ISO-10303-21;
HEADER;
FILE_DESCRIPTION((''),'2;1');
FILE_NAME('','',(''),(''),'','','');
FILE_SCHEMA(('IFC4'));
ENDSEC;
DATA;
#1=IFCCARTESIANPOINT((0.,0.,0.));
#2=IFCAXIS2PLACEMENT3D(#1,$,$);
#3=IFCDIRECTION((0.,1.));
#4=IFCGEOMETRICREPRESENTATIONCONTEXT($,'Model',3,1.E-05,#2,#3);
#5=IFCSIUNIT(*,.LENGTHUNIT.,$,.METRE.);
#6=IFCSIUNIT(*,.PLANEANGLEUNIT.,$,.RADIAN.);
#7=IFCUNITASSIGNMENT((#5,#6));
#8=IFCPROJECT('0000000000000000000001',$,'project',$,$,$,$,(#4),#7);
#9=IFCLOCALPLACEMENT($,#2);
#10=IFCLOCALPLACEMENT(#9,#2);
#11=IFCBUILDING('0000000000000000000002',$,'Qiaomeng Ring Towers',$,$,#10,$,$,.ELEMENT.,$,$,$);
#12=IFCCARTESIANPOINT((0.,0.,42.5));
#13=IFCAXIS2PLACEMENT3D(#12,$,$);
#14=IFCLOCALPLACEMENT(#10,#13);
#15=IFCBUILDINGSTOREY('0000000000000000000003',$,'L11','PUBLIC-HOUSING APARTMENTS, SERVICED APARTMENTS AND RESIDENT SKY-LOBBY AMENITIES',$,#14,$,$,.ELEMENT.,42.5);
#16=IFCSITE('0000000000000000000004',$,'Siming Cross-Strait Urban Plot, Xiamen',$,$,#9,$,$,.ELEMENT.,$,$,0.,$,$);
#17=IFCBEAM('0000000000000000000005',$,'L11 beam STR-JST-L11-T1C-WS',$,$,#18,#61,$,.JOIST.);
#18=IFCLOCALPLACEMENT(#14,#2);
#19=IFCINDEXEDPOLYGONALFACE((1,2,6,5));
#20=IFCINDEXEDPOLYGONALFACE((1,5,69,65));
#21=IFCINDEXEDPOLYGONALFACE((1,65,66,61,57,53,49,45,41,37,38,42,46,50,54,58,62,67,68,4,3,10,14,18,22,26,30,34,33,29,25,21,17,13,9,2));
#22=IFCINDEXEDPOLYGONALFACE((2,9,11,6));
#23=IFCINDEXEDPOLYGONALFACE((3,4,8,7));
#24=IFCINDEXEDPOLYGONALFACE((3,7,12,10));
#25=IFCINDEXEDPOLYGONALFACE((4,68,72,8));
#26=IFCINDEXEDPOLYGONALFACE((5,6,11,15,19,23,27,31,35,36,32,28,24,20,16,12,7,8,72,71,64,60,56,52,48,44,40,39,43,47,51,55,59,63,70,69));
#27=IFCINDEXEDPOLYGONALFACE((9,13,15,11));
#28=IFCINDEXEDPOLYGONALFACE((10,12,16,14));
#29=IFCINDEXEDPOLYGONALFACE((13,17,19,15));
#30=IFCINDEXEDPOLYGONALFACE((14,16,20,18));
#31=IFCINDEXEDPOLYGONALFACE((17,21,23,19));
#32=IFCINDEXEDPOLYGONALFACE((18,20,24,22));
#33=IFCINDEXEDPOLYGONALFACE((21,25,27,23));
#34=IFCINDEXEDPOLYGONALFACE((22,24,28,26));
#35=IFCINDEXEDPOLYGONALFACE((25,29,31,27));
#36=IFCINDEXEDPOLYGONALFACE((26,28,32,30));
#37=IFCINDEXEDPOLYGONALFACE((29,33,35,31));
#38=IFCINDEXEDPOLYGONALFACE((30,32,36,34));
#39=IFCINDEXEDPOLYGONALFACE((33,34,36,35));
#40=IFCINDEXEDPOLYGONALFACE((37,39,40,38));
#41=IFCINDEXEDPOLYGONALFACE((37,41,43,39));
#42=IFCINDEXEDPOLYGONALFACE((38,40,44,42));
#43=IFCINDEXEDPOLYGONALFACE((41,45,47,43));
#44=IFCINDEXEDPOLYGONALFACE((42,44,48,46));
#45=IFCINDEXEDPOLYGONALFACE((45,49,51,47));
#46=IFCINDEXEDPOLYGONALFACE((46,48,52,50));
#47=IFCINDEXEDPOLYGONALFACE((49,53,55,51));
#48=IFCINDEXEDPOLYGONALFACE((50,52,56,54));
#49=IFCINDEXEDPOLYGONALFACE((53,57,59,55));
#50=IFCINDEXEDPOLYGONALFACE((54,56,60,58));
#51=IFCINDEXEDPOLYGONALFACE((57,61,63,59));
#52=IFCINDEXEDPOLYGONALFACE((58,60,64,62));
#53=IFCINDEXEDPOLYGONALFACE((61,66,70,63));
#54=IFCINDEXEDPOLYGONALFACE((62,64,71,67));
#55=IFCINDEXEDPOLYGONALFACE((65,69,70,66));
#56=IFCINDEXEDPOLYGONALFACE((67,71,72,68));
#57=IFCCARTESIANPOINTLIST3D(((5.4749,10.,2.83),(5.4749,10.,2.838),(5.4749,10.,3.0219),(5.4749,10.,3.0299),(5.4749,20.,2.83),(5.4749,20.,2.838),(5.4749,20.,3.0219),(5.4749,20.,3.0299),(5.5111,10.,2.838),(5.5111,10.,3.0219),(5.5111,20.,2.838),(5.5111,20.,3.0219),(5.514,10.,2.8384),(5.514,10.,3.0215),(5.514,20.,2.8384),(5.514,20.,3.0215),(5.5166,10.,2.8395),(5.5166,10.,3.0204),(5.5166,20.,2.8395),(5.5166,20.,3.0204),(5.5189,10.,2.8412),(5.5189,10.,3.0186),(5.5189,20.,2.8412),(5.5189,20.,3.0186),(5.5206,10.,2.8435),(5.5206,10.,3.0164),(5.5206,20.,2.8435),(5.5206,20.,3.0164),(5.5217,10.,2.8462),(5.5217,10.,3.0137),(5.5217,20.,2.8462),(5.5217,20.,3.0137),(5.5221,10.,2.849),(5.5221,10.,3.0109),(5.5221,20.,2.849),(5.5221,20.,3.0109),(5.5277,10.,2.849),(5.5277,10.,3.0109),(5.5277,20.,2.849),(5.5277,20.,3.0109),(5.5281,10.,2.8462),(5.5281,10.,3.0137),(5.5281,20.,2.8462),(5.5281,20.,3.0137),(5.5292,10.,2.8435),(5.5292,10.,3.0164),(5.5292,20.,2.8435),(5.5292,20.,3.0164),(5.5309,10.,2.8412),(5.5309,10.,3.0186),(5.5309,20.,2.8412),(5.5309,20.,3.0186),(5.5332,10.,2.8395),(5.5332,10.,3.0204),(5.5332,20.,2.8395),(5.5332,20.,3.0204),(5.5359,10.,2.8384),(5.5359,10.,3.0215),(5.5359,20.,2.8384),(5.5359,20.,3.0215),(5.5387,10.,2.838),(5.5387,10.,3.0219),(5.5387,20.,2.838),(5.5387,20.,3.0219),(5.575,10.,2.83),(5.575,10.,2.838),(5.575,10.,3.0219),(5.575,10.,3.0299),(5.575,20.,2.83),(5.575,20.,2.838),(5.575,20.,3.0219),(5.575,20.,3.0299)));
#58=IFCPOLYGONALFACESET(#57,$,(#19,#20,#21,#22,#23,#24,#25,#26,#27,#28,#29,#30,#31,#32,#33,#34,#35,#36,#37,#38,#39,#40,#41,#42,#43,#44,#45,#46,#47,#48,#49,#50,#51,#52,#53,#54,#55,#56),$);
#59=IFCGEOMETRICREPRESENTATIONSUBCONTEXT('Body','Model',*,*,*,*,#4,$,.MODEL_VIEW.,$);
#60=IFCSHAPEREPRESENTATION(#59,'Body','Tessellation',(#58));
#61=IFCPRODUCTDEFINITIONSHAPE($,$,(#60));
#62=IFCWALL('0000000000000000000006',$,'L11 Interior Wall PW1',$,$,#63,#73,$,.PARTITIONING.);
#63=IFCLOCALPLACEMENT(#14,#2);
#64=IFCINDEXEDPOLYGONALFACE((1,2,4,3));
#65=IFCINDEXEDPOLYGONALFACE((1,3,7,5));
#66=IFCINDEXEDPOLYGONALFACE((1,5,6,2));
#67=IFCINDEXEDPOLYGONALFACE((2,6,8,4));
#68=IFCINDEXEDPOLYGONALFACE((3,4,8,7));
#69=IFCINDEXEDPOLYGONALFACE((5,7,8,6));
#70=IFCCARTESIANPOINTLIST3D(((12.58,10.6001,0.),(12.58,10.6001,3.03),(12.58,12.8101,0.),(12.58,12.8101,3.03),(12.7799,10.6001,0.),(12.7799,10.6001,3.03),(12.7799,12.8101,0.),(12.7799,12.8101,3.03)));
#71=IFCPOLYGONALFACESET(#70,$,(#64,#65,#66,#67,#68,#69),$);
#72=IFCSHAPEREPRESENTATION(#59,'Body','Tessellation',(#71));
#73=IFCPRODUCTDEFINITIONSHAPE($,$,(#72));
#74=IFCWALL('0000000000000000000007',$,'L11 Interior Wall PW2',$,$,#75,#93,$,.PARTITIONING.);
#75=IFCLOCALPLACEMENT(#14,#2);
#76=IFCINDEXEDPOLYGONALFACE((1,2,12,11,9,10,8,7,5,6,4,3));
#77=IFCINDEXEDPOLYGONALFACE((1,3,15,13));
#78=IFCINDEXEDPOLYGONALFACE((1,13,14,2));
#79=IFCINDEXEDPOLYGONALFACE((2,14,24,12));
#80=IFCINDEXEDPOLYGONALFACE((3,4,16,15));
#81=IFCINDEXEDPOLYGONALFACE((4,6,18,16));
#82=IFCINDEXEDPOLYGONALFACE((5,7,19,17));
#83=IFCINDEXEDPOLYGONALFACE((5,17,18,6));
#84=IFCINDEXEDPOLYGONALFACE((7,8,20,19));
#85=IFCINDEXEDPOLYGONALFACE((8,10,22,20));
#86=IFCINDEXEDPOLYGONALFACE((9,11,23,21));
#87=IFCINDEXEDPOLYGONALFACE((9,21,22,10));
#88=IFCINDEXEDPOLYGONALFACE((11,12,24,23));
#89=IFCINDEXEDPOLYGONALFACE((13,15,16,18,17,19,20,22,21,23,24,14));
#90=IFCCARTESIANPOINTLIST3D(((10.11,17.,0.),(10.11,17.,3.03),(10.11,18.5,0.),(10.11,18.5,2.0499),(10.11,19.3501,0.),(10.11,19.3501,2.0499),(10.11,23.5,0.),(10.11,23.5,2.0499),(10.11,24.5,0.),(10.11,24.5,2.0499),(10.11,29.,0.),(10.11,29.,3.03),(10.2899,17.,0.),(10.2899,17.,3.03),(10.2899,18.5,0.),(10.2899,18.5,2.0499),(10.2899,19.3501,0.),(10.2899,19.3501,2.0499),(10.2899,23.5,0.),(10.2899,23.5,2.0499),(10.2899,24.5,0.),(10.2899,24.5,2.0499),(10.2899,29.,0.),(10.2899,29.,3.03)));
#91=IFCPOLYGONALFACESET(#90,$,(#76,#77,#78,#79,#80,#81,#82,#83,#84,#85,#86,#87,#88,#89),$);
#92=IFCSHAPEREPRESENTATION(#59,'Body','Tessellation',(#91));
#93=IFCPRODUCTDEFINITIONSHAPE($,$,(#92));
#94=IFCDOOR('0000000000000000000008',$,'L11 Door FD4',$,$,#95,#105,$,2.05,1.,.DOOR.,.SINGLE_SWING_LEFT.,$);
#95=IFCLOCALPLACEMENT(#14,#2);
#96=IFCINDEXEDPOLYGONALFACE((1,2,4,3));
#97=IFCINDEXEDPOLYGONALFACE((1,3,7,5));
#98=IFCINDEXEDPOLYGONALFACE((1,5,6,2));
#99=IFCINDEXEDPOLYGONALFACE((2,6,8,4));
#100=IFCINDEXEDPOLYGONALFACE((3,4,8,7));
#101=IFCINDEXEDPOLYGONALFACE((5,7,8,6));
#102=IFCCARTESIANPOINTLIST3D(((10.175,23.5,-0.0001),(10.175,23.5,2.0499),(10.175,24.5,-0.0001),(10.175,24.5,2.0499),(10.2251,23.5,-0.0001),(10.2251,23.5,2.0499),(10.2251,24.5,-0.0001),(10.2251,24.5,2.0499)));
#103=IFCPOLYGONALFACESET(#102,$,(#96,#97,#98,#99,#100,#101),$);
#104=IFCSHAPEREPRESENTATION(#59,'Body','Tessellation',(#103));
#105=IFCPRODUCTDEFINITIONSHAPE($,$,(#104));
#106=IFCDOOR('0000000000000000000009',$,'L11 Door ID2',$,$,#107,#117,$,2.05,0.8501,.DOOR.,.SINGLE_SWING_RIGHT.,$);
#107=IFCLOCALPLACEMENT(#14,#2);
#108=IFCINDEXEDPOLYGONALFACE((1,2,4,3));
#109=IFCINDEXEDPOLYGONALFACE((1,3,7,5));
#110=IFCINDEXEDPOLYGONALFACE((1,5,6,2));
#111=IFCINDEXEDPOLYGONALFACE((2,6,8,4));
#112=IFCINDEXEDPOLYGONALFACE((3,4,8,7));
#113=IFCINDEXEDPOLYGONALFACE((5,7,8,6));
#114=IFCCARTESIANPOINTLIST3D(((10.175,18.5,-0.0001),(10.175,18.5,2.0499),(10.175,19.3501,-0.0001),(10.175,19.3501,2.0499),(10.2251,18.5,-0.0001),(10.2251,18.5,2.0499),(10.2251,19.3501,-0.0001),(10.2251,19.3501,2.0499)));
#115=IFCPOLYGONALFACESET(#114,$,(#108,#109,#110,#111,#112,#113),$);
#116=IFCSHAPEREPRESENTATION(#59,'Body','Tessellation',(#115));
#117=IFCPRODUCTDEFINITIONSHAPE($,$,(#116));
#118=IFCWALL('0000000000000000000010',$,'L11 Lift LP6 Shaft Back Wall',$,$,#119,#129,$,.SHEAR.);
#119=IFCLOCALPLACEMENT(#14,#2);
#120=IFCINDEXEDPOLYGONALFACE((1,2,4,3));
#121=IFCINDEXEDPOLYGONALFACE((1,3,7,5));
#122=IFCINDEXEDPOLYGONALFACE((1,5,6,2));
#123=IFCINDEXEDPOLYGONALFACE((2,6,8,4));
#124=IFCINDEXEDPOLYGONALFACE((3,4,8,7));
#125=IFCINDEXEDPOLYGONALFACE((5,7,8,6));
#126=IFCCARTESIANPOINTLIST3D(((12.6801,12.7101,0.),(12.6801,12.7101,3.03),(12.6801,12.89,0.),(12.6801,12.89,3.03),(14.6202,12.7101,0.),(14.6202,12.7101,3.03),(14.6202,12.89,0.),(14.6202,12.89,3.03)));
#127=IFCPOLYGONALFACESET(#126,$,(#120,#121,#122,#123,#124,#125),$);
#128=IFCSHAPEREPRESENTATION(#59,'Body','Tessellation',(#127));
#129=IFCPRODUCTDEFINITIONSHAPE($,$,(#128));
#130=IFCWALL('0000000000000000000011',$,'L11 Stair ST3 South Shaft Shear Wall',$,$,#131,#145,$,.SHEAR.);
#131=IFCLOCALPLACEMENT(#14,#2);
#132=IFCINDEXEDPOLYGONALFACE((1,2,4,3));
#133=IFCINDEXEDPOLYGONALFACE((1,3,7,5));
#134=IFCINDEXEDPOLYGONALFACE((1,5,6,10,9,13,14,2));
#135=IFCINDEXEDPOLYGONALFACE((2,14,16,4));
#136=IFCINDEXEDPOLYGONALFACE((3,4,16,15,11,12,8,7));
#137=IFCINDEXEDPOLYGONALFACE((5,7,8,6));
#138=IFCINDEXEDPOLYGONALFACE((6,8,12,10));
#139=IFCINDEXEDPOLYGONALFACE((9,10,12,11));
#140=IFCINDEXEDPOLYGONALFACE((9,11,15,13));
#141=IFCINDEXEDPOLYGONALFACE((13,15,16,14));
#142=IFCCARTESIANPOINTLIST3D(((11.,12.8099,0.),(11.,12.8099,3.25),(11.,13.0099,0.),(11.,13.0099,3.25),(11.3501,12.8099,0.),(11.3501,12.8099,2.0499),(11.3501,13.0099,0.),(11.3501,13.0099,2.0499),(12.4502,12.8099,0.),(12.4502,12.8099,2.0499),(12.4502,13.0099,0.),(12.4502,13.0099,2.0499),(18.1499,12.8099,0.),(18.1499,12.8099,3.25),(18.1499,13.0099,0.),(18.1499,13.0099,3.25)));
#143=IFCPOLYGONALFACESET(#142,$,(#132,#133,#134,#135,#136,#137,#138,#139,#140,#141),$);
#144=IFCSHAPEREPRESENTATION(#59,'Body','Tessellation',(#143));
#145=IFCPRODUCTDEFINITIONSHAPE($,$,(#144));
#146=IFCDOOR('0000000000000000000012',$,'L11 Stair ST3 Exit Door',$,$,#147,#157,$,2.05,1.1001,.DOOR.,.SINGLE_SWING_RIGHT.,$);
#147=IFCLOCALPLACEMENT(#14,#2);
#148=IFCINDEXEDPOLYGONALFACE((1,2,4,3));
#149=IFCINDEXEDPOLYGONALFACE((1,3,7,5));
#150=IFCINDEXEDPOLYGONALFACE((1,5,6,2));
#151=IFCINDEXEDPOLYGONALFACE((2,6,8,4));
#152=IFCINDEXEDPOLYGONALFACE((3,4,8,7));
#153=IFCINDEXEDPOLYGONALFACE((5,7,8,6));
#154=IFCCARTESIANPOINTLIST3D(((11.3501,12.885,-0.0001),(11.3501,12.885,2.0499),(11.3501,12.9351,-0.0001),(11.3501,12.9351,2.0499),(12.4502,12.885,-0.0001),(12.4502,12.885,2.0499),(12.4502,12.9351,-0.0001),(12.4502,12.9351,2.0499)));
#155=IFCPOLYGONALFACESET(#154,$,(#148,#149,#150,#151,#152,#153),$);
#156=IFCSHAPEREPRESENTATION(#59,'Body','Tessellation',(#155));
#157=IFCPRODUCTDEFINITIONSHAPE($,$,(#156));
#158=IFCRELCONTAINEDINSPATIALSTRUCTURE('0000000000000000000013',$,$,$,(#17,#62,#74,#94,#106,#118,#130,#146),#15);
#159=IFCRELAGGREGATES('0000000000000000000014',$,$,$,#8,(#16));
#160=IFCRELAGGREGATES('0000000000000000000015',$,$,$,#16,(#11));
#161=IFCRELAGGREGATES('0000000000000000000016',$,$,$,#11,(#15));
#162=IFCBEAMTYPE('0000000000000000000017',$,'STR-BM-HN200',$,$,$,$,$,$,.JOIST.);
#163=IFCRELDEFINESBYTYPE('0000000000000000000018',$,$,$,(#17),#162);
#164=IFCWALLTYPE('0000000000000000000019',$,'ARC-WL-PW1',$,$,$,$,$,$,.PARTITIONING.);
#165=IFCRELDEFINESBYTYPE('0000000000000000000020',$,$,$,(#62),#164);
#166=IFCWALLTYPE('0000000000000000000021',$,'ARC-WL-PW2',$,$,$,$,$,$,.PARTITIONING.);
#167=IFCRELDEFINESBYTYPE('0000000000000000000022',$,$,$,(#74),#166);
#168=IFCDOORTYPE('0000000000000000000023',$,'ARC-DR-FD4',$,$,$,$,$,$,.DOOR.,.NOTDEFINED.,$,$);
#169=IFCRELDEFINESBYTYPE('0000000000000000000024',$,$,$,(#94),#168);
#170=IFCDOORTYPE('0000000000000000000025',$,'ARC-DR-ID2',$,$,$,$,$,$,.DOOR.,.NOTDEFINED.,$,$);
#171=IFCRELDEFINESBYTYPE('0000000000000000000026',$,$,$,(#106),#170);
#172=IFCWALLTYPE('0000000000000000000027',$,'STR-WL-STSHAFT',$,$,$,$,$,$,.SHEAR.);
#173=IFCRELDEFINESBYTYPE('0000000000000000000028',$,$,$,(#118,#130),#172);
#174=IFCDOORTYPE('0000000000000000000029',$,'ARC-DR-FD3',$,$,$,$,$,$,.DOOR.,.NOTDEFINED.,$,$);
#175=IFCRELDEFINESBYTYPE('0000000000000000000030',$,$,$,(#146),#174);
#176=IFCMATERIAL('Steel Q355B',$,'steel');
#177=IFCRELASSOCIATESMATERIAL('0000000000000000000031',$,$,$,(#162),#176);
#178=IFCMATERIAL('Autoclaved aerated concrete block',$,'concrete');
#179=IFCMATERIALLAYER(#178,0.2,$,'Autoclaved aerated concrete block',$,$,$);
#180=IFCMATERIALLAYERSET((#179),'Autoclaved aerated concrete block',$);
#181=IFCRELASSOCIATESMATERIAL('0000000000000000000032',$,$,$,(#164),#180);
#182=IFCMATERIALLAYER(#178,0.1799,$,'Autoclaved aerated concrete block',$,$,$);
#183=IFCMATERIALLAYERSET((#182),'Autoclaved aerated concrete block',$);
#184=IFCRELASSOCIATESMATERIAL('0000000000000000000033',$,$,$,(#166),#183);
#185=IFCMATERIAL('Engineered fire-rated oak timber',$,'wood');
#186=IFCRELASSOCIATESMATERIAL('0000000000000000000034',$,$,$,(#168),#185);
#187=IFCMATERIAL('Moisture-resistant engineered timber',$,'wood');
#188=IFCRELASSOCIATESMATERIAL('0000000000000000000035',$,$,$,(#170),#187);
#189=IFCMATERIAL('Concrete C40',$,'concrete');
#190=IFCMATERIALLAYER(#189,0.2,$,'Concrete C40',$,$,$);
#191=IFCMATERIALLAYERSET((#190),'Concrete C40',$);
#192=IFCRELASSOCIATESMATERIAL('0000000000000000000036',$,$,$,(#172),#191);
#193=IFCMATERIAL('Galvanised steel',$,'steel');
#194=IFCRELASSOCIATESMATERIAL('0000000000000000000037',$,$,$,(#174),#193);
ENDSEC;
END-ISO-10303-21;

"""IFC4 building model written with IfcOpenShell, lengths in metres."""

from ifc_helpers import new_model, si_unit, direction, frame, frame_2d, origin, origin_2d, place, context, subcontext, project, spatial, rectangle, i_section, extrude, source, transform, mapped, material, layer, layer_set, material_profile, profile_set, type_object, element, fill, save


model = new_model("IFC4")

# Units and contexts
model_context = context("Model", 3, precision=1e-05, world=origin(), true_north=direction((0.0, 1.0)))
body_context = subcontext(model_context, "Body", "Model", "MODEL_VIEW")
ifc_project = project(units=[si_unit("LENGTHUNIT", "METRE"), si_unit("PLANEANGLEUNIT", "RADIAN")], contexts=[model_context])

# Site, building, storey
site_placement = place(None, origin())
site = spatial("IfcSite", under=ifc_project, at=site_placement, Name="Siming Cross-Strait Urban Plot, Xiamen", CompositionType="ELEMENT", RefElevation=0.0)
building_placement = place(site_placement, origin())
building = spatial("IfcBuilding", under=site, at=building_placement, Name="Qiaomeng Ring Towers", CompositionType="ELEMENT")
storey_placement = place(building_placement, frame((0.0, 0.0, 42.5)))
storey = spatial("IfcBuildingStorey", under=building, at=storey_placement, Name="L11", Description="PUBLIC-HOUSING APARTMENTS, SERVICED APARTMENTS AND RESIDENT SKY-LOBBY AMENITIES", CompositionType="ELEMENT", Elevation=42.5)

# Beam
ifc_material_1 = material(Name="Steel Q355B", Category="steel")
ifc_material_profile = material_profile(ifc_material_1, i_section(OverallWidth=0.1001, OverallDepth=0.2, WebThickness=0.0056, FlangeThickness=0.0081, FilletRadius=0.011, at=origin_2d()), Name="HN 200x100x5.5x8")
ifc_profile_set = profile_set([ifc_material_profile], Name="Steel Q355B")
beam_type = type_object("IfcBeamType", Name="STR-BM-HN200", PredefinedType="JOIST", material=ifc_profile_set)
shared_shape_1 = source(origin(), body_context, "Body", "SweptSolid", [
    extrude(i_section(OverallWidth=0.1001, OverallDepth=0.2, WebThickness=0.0056, FlangeThickness=0.0081, FilletRadius=0.011, at=origin_2d()), origin(), (0.0, 0.0, 1.0), 10.0),
])
beam_placement = place(storey_placement, frame((5.5249, 10.0, 2.9299), z_axis=(0.0, 1.0, 0.0), x_axis=(-1.0, 0.0, 0.0)))
element("IfcBeam", 1, at=beam_placement, inside=storey, type_object=beam_type, Name="L11 beam STR-JST-L11-T1C-WS", PredefinedType="JOIST", context=body_context, shape_type="MappedRepresentation", body=[
    mapped(shared_shape_1, transform((0.0, 0.0, 0.0), x_axis=(1.0, 0.0, 0.0), y_axis=(0.0, 1.0, 0.0), z_axis=(0.0, 0.0, 1.0), scale=1.0)),
])

# Wall
ifc_material_2 = material(Name="Autoclaved aerated concrete block", Category="concrete")
ifc_layer_1 = layer(ifc_material_2, 0.2, Name="Autoclaved aerated concrete block")
ifc_layer_set_1 = layer_set([ifc_layer_1], Name="Autoclaved aerated concrete block")
wall_type_1 = type_object("IfcWallType", Name="ARC-WL-PW1", PredefinedType="PARTITIONING", material=ifc_layer_set_1)
wall_1_placement = place(storey_placement, frame((12.6799, 10.6001, 0.0), z_axis=(0.0, 0.0, 1.0), x_axis=(0.0, 1.0, 0.0)))
element("IfcWall", 2, at=wall_1_placement, inside=storey, type_object=wall_type_1, Name="L11 Interior Wall PW1", PredefinedType="PARTITIONING", context=body_context, shape_type="SweptSolid", body=[
    extrude(rectangle(XDim=2.21, YDim=0.2, at=frame_2d((1.105, 0.0))), origin(), (0.0, 0.0, 1.0), 3.03),
])

# Wall, openings, doors
ifc_layer_2 = layer(ifc_material_2, 0.1799, Name="Autoclaved aerated concrete block")
ifc_layer_set_2 = layer_set([ifc_layer_2], Name="Autoclaved aerated concrete block")
wall_type_2 = type_object("IfcWallType", Name="ARC-WL-PW2", PredefinedType="PARTITIONING", material=ifc_layer_set_2)
wall_2_placement = place(storey_placement, frame((10.2, 17.0, 0.0), z_axis=(0.0, 0.0, 1.0), x_axis=(0.0, 1.0, 0.0)))
wall_2 = element("IfcWall", 3, at=wall_2_placement, inside=storey, type_object=wall_type_2, Name="L11 Interior Wall PW2", PredefinedType="PARTITIONING", context=body_context, shape_type="SweptSolid", body=[
    extrude(rectangle(XDim=12.0, YDim=0.1799, at=frame_2d((6.0, 0.0))), origin(), (0.0, 0.0, 1.0), 3.03),
])
opening_1_placement = place(wall_2_placement, frame((1.5, 0.0, 0.0)))
opening_1 = element("IfcOpeningElement", 4, at=opening_1_placement, cuts=wall_2, PredefinedType="OPENING", context=body_context, shape_type="SweptSolid", body=[
    extrude(rectangle(XDim=0.8501, YDim=2.05, at=frame_2d((0.425, 1.0249))), frame((0.0, 0.0999, 0.0), z_axis=(0.0, -1.0, 0.0), x_axis=(1.0, 0.0, 0.0)), (0.0, 0.0, 1.0), 0.2),
])
opening_2_placement = place(wall_2_placement, frame((6.5, 0.0, 0.0)))
opening_2 = element("IfcOpeningElement", 5, at=opening_2_placement, cuts=wall_2, PredefinedType="OPENING", context=body_context, shape_type="SweptSolid", body=[
    extrude(rectangle(XDim=1.0, YDim=2.05, at=frame_2d((0.5, 1.0249))), frame((0.0, 0.0999, 0.0), z_axis=(0.0, -1.0, 0.0), x_axis=(1.0, 0.0, 0.0)), (0.0, 0.0, 1.0), 0.2),
])
ifc_material_3 = material(Name="Engineered fire-rated oak timber", Category="wood")
door_type_1 = type_object("IfcDoorType", Name="ARC-DR-FD4", OperationType="NOTDEFINED", PredefinedType="DOOR", material=ifc_material_3)
shared_shape_2 = source(origin(), body_context, "Body", "SweptSolid", [
    extrude(rectangle(XDim=1.0, YDim=2.05, at=frame_2d((0.5, 1.0249))), frame((0.0, 0.0249, 0.0), z_axis=(0.0, -1.0, 0.0), x_axis=(1.0, 0.0, 0.0)), (0.0, 0.0, 1.0), 0.05),
])
door_1_placement = place(opening_2_placement, origin())
door_1 = element("IfcDoor", 6, at=door_1_placement, inside=storey, type_object=door_type_1, Name="L11 Door FD4", OperationType="SINGLE_SWING_LEFT", OverallHeight=2.05, OverallWidth=1.0, PredefinedType="DOOR", context=body_context, shape_type="MappedRepresentation", body=[
    mapped(shared_shape_2, transform((0.0, 0.0, 0.0), x_axis=(1.0, 0.0, 0.0), y_axis=(0.0, 1.0, 0.0), z_axis=(0.0, 0.0, 1.0), scale=1.0)),
])
fill(opening_2, door_1)
ifc_material_4 = material(Name="Moisture-resistant engineered timber", Category="wood")
door_type_2 = type_object("IfcDoorType", Name="ARC-DR-ID2", OperationType="NOTDEFINED", PredefinedType="DOOR", material=ifc_material_4)
shared_shape_3 = source(origin(), body_context, "Body", "SweptSolid", [
    extrude(rectangle(XDim=0.8501, YDim=2.05, at=frame_2d((0.425, 1.0249))), frame((0.0, 0.0249, 0.0), z_axis=(0.0, -1.0, 0.0), x_axis=(1.0, 0.0, 0.0)), (0.0, 0.0, 1.0), 0.05),
])
door_2_placement = place(opening_1_placement, origin())
door_2 = element("IfcDoor", 7, at=door_2_placement, inside=storey, type_object=door_type_2, Name="L11 Door ID2", OperationType="SINGLE_SWING_RIGHT", OverallHeight=2.05, OverallWidth=0.8501, PredefinedType="DOOR", context=body_context, shape_type="MappedRepresentation", body=[
    mapped(shared_shape_3, transform((0.0, 0.0, 0.0), x_axis=(1.0, 0.0, 0.0), y_axis=(0.0, 1.0, 0.0), z_axis=(0.0, 0.0, 1.0), scale=1.0)),
])
fill(opening_1, door_2)

# Wall
ifc_material_5 = material(Name="Concrete C40", Category="concrete")
ifc_layer_3 = layer(ifc_material_5, 0.2, Name="Concrete C40")
ifc_layer_set_3 = layer_set([ifc_layer_3], Name="Concrete C40")
wall_type_3 = type_object("IfcWallType", Name="STR-WL-STSHAFT", PredefinedType="SHEAR", material=ifc_layer_set_3)
wall_3_placement = place(storey_placement, frame((12.6799, 12.8, 0.0), z_axis=(0.0, 0.0, 1.0), x_axis=(1.0, 0.0, 0.0)))
element("IfcWall", 8, at=wall_3_placement, inside=storey, type_object=wall_type_3, Name="L11 Lift LP6 Shaft Back Wall", PredefinedType="SHEAR", context=body_context, shape_type="SweptSolid", body=[
    extrude(rectangle(XDim=1.9402, YDim=0.1799, at=frame_2d((0.9702, 0.0))), origin(), (0.0, 0.0, 1.0), 3.03),
])

# Wall, opening, door
wall_4_placement = place(storey_placement, frame((11.0, 12.9099, 0.0), z_axis=(0.0, 0.0, 1.0), x_axis=(1.0, 0.0, 0.0)))
wall_4 = element("IfcWall", 9, at=wall_4_placement, inside=storey, type_object=wall_type_3, Name="L11 Stair ST3 South Shaft Shear Wall", PredefinedType="SHEAR", context=body_context, shape_type="SweptSolid", body=[
    extrude(rectangle(XDim=7.1499, YDim=0.2, at=frame_2d((3.575, 0.0))), origin(), (0.0, 0.0, 1.0), 3.25),
])
opening_3_placement = place(wall_4_placement, frame((0.3501, 0.0, 0.0)))
opening_3 = element("IfcOpeningElement", 10, at=opening_3_placement, cuts=wall_4, PredefinedType="OPENING", context=body_context, shape_type="SweptSolid", body=[
    extrude(rectangle(XDim=1.1001, YDim=2.05, at=frame_2d((0.55, 1.0249))), frame((0.0, 0.1099, 0.0), z_axis=(0.0, -1.0, 0.0), x_axis=(1.0, 0.0, 0.0)), (0.0, 0.0, 1.0), 0.22),
])
ifc_material_6 = material(Name="Galvanised steel", Category="steel")
door_type_3 = type_object("IfcDoorType", Name="ARC-DR-FD3", OperationType="NOTDEFINED", PredefinedType="DOOR", material=ifc_material_6)
shared_shape_4 = source(origin(), body_context, "Body", "SweptSolid", [
    extrude(rectangle(XDim=1.1001, YDim=2.05, at=frame_2d((0.55, 1.0249))), frame((0.0, 0.0249, 0.0), z_axis=(0.0, -1.0, 0.0), x_axis=(1.0, 0.0, 0.0)), (0.0, 0.0, 1.0), 0.05),
])
door_3_placement = place(opening_3_placement, frame((1.1001, 0.0, 0.0), z_axis=(0.0, 0.0, 1.0), x_axis=(-1.0, 0.0, 0.0)))
door_3 = element("IfcDoor", 11, at=door_3_placement, inside=storey, type_object=door_type_3, Name="L11 Stair ST3 Exit Door", OperationType="SINGLE_SWING_RIGHT", OverallHeight=2.05, OverallWidth=1.1001, PredefinedType="DOOR", context=body_context, shape_type="MappedRepresentation", body=[
    mapped(shared_shape_4, transform((0.0, 0.0, 0.0), x_axis=(1.0, 0.0, 0.0), y_axis=(0.0, 1.0, 0.0), z_axis=(0.0, 0.0, 1.0), scale=1.0)),
])
fill(opening_3, door_3)

save(model, "model.ifc")
